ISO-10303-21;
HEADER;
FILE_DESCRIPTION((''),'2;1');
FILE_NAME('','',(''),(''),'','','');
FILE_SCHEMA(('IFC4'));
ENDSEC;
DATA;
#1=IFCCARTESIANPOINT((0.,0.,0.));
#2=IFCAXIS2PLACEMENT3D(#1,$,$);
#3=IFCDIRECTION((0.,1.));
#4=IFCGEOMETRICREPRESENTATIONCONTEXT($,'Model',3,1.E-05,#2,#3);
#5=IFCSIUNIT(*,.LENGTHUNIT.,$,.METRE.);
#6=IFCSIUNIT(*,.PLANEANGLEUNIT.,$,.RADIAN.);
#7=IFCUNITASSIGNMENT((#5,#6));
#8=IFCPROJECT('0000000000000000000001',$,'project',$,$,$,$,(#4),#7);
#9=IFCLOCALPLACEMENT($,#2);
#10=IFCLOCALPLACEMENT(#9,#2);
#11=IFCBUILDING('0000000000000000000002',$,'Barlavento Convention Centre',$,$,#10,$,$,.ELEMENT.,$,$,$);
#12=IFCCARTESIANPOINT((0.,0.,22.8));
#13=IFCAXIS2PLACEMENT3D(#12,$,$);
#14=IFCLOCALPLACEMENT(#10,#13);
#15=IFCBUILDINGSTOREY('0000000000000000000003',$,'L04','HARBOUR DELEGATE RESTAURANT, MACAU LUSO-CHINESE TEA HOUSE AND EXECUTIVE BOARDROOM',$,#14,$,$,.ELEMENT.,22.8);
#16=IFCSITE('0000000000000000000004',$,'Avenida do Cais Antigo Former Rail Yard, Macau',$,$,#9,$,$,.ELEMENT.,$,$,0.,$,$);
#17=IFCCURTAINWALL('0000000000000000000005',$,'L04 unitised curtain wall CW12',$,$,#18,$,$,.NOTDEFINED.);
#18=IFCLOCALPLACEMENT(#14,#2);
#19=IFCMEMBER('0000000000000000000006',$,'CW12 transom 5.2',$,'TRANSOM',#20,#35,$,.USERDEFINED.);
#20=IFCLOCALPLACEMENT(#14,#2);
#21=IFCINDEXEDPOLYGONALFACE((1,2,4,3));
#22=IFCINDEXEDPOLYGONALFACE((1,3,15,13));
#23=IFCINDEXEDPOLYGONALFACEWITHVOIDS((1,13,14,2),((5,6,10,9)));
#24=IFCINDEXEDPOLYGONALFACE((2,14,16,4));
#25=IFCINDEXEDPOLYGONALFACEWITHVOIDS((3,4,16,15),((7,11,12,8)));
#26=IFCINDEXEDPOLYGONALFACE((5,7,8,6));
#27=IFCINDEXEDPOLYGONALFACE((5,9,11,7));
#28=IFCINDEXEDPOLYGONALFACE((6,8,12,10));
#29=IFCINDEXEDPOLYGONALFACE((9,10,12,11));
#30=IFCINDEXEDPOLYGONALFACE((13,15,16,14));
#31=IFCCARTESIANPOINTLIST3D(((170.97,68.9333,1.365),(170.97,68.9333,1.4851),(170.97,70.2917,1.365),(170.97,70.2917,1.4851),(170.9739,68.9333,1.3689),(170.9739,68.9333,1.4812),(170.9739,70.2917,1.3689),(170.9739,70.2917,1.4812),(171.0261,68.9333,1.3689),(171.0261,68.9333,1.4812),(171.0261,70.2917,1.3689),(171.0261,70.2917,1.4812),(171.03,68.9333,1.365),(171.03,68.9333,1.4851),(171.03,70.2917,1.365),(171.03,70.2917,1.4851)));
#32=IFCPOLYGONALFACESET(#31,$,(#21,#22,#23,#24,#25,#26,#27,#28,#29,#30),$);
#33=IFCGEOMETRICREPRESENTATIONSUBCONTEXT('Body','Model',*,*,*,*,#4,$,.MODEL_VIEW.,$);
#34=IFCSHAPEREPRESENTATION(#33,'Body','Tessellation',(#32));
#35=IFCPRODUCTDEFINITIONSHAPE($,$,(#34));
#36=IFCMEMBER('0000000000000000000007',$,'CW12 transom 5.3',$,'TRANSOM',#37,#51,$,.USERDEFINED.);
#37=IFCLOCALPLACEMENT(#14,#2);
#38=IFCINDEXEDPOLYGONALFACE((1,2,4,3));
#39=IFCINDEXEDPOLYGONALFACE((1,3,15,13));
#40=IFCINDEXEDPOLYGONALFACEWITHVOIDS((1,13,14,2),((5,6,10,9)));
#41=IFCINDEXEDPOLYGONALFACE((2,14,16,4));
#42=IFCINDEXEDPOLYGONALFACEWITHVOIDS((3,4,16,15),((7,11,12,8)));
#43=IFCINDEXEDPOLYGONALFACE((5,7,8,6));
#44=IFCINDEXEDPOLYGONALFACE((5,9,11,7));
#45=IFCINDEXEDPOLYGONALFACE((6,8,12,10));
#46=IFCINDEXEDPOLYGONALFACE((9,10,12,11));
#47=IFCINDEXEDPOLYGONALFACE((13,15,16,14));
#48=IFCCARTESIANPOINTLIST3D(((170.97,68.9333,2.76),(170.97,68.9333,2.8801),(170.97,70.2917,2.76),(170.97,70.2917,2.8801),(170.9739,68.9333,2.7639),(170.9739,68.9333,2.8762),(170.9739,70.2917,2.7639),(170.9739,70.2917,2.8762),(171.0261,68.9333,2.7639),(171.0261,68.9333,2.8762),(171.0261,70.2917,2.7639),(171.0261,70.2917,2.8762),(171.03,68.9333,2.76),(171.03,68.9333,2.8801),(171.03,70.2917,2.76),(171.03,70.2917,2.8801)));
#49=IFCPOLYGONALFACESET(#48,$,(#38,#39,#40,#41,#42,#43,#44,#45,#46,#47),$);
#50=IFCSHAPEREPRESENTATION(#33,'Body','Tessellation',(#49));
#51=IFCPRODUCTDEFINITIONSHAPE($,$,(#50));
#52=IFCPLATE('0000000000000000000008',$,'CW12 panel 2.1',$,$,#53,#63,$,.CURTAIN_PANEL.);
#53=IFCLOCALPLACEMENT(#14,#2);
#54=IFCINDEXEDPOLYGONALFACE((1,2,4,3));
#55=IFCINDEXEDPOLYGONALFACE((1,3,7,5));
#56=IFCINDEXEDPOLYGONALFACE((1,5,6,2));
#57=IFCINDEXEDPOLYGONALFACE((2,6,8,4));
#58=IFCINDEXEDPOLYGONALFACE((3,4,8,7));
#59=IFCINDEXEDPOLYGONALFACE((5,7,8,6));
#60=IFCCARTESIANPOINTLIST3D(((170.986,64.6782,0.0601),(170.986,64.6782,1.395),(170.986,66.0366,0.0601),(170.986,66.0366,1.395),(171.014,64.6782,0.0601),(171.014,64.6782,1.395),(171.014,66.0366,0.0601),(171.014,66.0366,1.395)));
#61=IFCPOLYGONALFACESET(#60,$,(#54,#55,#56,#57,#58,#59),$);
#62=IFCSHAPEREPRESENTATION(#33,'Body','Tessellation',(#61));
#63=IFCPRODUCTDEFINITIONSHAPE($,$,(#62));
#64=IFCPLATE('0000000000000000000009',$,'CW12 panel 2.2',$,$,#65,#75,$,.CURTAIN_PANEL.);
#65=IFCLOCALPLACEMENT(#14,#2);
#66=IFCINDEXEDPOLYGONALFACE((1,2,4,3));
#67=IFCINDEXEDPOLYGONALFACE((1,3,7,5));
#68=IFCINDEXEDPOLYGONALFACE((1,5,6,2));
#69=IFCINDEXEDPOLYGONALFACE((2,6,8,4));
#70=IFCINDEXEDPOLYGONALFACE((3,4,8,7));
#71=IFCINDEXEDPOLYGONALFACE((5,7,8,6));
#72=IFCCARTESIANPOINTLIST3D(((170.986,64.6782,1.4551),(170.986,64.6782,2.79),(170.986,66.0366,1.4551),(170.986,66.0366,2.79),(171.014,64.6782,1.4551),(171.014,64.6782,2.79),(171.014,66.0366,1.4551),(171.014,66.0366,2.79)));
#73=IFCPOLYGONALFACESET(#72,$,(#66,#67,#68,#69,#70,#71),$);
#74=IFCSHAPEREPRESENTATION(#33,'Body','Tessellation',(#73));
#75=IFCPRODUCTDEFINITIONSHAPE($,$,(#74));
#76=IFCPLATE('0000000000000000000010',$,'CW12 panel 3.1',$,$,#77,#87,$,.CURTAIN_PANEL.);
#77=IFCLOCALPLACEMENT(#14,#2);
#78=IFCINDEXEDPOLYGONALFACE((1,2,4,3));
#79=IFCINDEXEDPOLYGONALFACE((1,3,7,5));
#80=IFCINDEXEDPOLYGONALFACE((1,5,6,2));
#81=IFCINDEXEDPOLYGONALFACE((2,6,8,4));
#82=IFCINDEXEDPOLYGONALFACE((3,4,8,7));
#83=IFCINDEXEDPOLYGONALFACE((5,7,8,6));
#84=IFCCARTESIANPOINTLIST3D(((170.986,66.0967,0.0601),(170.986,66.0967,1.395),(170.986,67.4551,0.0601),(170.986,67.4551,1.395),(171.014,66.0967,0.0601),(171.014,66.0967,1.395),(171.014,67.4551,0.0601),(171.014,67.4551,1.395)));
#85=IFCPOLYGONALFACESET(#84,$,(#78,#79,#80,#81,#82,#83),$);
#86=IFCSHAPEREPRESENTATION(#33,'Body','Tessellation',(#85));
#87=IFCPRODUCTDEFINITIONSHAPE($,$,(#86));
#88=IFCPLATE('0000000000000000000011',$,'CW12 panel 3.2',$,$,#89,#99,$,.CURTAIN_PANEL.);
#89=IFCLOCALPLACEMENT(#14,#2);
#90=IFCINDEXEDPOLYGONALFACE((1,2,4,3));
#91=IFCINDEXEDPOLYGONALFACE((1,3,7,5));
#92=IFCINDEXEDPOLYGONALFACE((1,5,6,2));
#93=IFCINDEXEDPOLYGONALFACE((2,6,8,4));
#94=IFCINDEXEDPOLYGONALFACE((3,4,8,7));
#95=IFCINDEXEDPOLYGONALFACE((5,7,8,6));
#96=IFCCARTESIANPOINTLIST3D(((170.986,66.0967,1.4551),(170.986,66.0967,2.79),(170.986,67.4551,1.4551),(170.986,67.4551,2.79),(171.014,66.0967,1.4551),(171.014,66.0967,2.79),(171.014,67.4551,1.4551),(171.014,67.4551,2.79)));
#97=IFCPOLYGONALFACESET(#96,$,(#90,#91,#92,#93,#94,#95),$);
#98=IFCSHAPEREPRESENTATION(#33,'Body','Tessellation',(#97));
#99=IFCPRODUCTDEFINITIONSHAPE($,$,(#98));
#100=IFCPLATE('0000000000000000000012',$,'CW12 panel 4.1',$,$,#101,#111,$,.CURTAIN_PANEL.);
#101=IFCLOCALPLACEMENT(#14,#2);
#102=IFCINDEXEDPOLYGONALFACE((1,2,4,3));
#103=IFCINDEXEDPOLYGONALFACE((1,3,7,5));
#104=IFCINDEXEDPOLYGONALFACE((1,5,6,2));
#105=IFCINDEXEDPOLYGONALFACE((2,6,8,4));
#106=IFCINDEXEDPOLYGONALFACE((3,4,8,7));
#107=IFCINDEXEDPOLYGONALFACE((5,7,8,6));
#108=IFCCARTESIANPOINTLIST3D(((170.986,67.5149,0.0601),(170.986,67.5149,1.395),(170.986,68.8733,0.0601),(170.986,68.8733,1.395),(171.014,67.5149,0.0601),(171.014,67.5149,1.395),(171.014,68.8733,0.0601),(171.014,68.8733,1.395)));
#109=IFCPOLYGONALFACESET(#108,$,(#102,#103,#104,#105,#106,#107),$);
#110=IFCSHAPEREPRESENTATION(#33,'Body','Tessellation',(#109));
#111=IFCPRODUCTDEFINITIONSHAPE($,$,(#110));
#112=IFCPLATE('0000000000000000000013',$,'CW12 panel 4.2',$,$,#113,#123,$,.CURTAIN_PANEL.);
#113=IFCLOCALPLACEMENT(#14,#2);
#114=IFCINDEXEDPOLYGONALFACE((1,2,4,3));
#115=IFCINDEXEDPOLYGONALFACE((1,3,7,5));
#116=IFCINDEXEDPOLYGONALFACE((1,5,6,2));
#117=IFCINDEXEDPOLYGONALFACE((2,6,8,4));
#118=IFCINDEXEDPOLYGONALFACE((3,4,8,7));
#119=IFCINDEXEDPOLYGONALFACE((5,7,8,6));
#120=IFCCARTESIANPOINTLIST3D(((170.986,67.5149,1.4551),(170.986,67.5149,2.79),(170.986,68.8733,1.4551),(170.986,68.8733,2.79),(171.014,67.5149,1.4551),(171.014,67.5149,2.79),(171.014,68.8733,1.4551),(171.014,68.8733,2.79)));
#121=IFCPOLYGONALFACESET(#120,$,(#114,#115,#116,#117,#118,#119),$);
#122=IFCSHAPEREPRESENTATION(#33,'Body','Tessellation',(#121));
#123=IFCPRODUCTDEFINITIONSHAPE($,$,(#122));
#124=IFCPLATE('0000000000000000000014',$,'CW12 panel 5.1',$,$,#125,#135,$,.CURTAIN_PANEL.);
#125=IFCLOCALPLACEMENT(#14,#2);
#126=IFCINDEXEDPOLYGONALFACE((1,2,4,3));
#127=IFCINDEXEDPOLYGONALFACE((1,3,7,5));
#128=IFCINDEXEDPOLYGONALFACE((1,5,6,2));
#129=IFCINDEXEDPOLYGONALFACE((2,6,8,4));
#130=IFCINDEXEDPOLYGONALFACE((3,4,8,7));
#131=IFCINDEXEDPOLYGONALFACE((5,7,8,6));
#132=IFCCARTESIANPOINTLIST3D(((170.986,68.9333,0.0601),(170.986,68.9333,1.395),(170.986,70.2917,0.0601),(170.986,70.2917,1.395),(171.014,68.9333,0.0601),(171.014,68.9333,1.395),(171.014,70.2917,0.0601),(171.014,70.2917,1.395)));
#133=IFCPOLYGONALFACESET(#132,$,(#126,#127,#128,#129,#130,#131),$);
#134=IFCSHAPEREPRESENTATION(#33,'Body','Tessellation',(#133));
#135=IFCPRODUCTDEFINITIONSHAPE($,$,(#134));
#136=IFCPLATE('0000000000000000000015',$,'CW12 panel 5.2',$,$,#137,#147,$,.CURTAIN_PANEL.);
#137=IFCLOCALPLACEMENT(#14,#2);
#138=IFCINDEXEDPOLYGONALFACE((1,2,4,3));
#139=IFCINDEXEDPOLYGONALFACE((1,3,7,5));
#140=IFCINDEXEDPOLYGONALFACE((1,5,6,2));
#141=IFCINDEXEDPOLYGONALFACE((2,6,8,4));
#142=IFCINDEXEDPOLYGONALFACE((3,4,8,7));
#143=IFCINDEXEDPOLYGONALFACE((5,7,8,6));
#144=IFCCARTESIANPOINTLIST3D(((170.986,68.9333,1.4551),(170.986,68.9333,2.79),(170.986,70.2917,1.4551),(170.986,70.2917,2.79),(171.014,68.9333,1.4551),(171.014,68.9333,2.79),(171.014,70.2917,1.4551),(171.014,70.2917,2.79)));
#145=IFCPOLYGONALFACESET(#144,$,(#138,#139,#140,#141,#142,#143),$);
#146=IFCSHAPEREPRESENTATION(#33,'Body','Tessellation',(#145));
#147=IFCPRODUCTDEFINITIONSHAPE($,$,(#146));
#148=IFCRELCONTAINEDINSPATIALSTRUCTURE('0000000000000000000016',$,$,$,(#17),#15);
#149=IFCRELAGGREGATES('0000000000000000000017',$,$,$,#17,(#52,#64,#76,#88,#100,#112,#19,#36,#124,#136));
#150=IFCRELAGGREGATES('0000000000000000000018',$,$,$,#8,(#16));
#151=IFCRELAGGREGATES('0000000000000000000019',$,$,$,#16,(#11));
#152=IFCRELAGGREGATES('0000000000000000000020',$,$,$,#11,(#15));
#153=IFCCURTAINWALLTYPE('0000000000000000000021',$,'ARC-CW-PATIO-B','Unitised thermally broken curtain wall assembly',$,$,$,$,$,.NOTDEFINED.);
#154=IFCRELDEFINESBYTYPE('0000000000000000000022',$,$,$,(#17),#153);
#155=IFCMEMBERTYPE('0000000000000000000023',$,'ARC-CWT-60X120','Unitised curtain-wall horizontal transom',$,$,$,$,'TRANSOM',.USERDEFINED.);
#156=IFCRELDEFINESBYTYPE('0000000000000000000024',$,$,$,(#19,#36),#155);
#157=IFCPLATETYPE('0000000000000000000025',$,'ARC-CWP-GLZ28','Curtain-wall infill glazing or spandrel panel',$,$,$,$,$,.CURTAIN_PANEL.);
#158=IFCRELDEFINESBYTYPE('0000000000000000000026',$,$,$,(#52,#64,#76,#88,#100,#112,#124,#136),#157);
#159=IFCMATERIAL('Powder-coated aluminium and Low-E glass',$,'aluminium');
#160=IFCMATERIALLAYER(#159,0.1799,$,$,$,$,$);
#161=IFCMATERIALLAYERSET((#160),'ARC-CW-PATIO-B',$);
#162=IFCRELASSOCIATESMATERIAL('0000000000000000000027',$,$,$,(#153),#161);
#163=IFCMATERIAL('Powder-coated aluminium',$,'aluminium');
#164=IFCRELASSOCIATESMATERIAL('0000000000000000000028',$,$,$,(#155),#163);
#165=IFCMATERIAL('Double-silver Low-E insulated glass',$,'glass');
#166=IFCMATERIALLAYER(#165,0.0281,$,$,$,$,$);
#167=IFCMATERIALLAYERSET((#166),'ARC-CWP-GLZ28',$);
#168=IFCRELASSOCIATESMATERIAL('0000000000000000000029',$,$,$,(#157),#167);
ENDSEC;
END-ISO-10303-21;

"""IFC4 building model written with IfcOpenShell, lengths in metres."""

from ifc_helpers import new_model, si_unit, direction, frame, origin, origin_2d, place, context, subcontext, project, spatial, rectangle, hollow_rectangle, extrude, material, layer, layer_set, material_profile, profile_set, type_object, element, aggregate, save


model = new_model("IFC4")

# Units and contexts
model_context = context("Model", 3, precision=1e-05, world=origin(), true_north=direction((0.0, 1.0)))
body_context = subcontext(model_context, "Body", "Model", "MODEL_VIEW")
ifc_project = project(units=[si_unit("LENGTHUNIT", "METRE"), si_unit("PLANEANGLEUNIT", "RADIAN")], contexts=[model_context])

# Site, building, storey
site_placement = place(None, origin())
site = spatial("IfcSite", under=ifc_project, at=site_placement, Name="Avenida do Cais Antigo Former Rail Yard, Macau", CompositionType="ELEMENT", RefElevation=0.0)
building_placement = place(site_placement, origin())
building = spatial("IfcBuilding", under=site, at=building_placement, Name="Barlavento Convention Centre", CompositionType="ELEMENT")
storey_placement = place(building_placement, frame((0.0, 0.0, 22.8)))
storey = spatial("IfcBuildingStorey", under=building, at=storey_placement, Name="L04", Description="HARBOUR DELEGATE RESTAURANT, MACAU LUSO-CHINESE TEA HOUSE AND EXECUTIVE BOARDROOM", CompositionType="ELEMENT", Elevation=22.8)

# Curtain wall, members, plates
ifc_material_1 = material(Name="Powder-coated aluminium and Low-E glass", Category="aluminium")
ifc_layer_1 = layer(ifc_material_1, 0.1799)
ifc_layer_set_1 = layer_set([ifc_layer_1], Name="ARC-CW-PATIO-B")
curtain_wall_type = type_object("IfcCurtainWallType", Name="ARC-CW-PATIO-B", Description="Unitised thermally broken curtain wall assembly", PredefinedType="NOTDEFINED", material=ifc_layer_set_1)
curtain_wall_placement = place(storey_placement, origin())
curtain_wall = element("IfcCurtainWall", 1, at=curtain_wall_placement, inside=storey, type_object=curtain_wall_type, Name="L04 unitised curtain wall CW12", PredefinedType="NOTDEFINED")
ifc_material_2 = material(Name="Powder-coated aluminium", Category="aluminium")
ifc_material_profile_1 = material_profile(ifc_material_2, hollow_rectangle(XDim=0.0601, YDim=0.1201, WallThickness=0.0039, at=origin_2d()), Name="AL-TRAN 60x120x4")
ifc_profile_set_1 = profile_set([ifc_material_profile_1], Name="Powder-coated aluminium")
member_type_1 = type_object("IfcMemberType", Name="ARC-CWT-60X120", Description="Unitised curtain-wall horizontal transom", ElementType="TRANSOM", PredefinedType="USERDEFINED", material=ifc_profile_set_1)
member_1_placement = place(storey_placement, frame((171.0, 68.9333, 1.425), z_axis=(0.0, 1.0, 0.0), x_axis=(-1.0, 0.0, 0.0)))
member_1 = element("IfcMember", 2, at=member_1_placement, type_object=member_type_1, Name="CW12 transom 5.2", ObjectType="TRANSOM", PredefinedType="USERDEFINED", context=body_context, shape_type="SweptSolid", body=[
    extrude(hollow_rectangle(XDim=0.0601, YDim=0.1201, WallThickness=0.0039, at=origin_2d()), origin(), (0.0, 0.0, 1.0), 1.3584),
])
member_2_placement = place(storey_placement, frame((171.0, 68.9333, 2.8201), z_axis=(0.0, 1.0, 0.0), x_axis=(-1.0, 0.0, 0.0)))
member_2 = element("IfcMember", 3, at=member_2_placement, type_object=member_type_1, Name="CW12 transom 5.3", ObjectType="TRANSOM", PredefinedType="USERDEFINED", context=body_context, shape_type="SweptSolid", body=[
    extrude(hollow_rectangle(XDim=0.0601, YDim=0.1201, WallThickness=0.0039, at=origin_2d()), origin(), (0.0, 0.0, 1.0), 1.3584),
])
ifc_material_3 = material(Name="Double-silver Low-E insulated glass", Category="glass")
ifc_layer_2 = layer(ifc_material_3, 0.0281)
ifc_layer_set_2 = layer_set([ifc_layer_2], Name="ARC-CWP-GLZ28")
plate_type = type_object("IfcPlateType", Name="ARC-CWP-GLZ28", Description="Curtain-wall infill glazing or spandrel panel", PredefinedType="CURTAIN_PANEL", material=ifc_layer_set_2)
plate_1_placement = place(storey_placement, frame((171.0, 65.3574, 0.0601), z_axis=(0.0, 0.0, 1.0), x_axis=(0.0, 1.0, 0.0)))
plate_1 = element("IfcPlate", 4, at=plate_1_placement, type_object=plate_type, Name="CW12 panel 2.1", PredefinedType="CURTAIN_PANEL", context=body_context, shape_type="SweptSolid", body=[
    extrude(rectangle(XDim=1.3584, YDim=0.0281, at=origin_2d()), origin(), (0.0, 0.0, 1.0), 1.335),
])
plate_2_placement = place(storey_placement, frame((171.0, 65.3574, 1.4551), z_axis=(0.0, 0.0, 1.0), x_axis=(0.0, 1.0, 0.0)))
plate_2 = element("IfcPlate", 5, at=plate_2_placement, type_object=plate_type, Name="CW12 panel 2.2", PredefinedType="CURTAIN_PANEL", context=body_context, shape_type="SweptSolid", body=[
    extrude(rectangle(XDim=1.3584, YDim=0.0281, at=origin_2d()), origin(), (0.0, 0.0, 1.0), 1.335),
])
plate_3_placement = place(storey_placement, frame((171.0, 66.7759, 0.0601), z_axis=(0.0, 0.0, 1.0), x_axis=(0.0, 1.0, 0.0)))
plate_3 = element("IfcPlate", 6, at=plate_3_placement, type_object=plate_type, Name="CW12 panel 3.1", PredefinedType="CURTAIN_PANEL", context=body_context, shape_type="SweptSolid", body=[
    extrude(rectangle(XDim=1.3584, YDim=0.0281, at=origin_2d()), origin(), (0.0, 0.0, 1.0), 1.335),
])
plate_4_placement = place(storey_placement, frame((171.0, 66.7759, 1.4551), z_axis=(0.0, 0.0, 1.0), x_axis=(0.0, 1.0, 0.0)))
plate_4 = element("IfcPlate", 7, at=plate_4_placement, type_object=plate_type, Name="CW12 panel 3.2", PredefinedType="CURTAIN_PANEL", context=body_context, shape_type="SweptSolid", body=[
    extrude(rectangle(XDim=1.3584, YDim=0.0281, at=origin_2d()), origin(), (0.0, 0.0, 1.0), 1.335),
])
plate_5_placement = place(storey_placement, frame((171.0, 68.1941, 0.0601), z_axis=(0.0, 0.0, 1.0), x_axis=(0.0, 1.0, 0.0)))
plate_5 = element("IfcPlate", 8, at=plate_5_placement, type_object=plate_type, Name="CW12 panel 4.1", PredefinedType="CURTAIN_PANEL", context=body_context, shape_type="SweptSolid", body=[
    extrude(rectangle(XDim=1.3584, YDim=0.0281, at=origin_2d()), origin(), (0.0, 0.0, 1.0), 1.335),
])
plate_6_placement = place(storey_placement, frame((171.0, 68.1941, 1.4551), z_axis=(0.0, 0.0, 1.0), x_axis=(0.0, 1.0, 0.0)))
plate_6 = element("IfcPlate", 9, at=plate_6_placement, type_object=plate_type, Name="CW12 panel 4.2", PredefinedType="CURTAIN_PANEL", context=body_context, shape_type="SweptSolid", body=[
    extrude(rectangle(XDim=1.3584, YDim=0.0281, at=origin_2d()), origin(), (0.0, 0.0, 1.0), 1.335),
])
plate_7_placement = place(storey_placement, frame((171.0, 69.6125, 0.0601), z_axis=(0.0, 0.0, 1.0), x_axis=(0.0, 1.0, 0.0)))
plate_7 = element("IfcPlate", 10, at=plate_7_placement, type_object=plate_type, Name="CW12 panel 5.1", PredefinedType="CURTAIN_PANEL", context=body_context, shape_type="SweptSolid", body=[
    extrude(rectangle(XDim=1.3584, YDim=0.0281, at=origin_2d()), origin(), (0.0, 0.0, 1.0), 1.335),
])
plate_8_placement = place(storey_placement, frame((171.0, 69.6125, 1.4551), z_axis=(0.0, 0.0, 1.0), x_axis=(0.0, 1.0, 0.0)))
plate_8 = element("IfcPlate", 11, at=plate_8_placement, type_object=plate_type, Name="CW12 panel 5.2", PredefinedType="CURTAIN_PANEL", context=body_context, shape_type="SweptSolid", body=[
    extrude(rectangle(XDim=1.3584, YDim=0.0281, at=origin_2d()), origin(), (0.0, 0.0, 1.0), 1.335),
])
aggregate(curtain_wall, [plate_1, plate_2, plate_3, plate_4, plate_5, plate_6, member_1, member_2, plate_7, plate_8])

save(model, "model.ifc")
